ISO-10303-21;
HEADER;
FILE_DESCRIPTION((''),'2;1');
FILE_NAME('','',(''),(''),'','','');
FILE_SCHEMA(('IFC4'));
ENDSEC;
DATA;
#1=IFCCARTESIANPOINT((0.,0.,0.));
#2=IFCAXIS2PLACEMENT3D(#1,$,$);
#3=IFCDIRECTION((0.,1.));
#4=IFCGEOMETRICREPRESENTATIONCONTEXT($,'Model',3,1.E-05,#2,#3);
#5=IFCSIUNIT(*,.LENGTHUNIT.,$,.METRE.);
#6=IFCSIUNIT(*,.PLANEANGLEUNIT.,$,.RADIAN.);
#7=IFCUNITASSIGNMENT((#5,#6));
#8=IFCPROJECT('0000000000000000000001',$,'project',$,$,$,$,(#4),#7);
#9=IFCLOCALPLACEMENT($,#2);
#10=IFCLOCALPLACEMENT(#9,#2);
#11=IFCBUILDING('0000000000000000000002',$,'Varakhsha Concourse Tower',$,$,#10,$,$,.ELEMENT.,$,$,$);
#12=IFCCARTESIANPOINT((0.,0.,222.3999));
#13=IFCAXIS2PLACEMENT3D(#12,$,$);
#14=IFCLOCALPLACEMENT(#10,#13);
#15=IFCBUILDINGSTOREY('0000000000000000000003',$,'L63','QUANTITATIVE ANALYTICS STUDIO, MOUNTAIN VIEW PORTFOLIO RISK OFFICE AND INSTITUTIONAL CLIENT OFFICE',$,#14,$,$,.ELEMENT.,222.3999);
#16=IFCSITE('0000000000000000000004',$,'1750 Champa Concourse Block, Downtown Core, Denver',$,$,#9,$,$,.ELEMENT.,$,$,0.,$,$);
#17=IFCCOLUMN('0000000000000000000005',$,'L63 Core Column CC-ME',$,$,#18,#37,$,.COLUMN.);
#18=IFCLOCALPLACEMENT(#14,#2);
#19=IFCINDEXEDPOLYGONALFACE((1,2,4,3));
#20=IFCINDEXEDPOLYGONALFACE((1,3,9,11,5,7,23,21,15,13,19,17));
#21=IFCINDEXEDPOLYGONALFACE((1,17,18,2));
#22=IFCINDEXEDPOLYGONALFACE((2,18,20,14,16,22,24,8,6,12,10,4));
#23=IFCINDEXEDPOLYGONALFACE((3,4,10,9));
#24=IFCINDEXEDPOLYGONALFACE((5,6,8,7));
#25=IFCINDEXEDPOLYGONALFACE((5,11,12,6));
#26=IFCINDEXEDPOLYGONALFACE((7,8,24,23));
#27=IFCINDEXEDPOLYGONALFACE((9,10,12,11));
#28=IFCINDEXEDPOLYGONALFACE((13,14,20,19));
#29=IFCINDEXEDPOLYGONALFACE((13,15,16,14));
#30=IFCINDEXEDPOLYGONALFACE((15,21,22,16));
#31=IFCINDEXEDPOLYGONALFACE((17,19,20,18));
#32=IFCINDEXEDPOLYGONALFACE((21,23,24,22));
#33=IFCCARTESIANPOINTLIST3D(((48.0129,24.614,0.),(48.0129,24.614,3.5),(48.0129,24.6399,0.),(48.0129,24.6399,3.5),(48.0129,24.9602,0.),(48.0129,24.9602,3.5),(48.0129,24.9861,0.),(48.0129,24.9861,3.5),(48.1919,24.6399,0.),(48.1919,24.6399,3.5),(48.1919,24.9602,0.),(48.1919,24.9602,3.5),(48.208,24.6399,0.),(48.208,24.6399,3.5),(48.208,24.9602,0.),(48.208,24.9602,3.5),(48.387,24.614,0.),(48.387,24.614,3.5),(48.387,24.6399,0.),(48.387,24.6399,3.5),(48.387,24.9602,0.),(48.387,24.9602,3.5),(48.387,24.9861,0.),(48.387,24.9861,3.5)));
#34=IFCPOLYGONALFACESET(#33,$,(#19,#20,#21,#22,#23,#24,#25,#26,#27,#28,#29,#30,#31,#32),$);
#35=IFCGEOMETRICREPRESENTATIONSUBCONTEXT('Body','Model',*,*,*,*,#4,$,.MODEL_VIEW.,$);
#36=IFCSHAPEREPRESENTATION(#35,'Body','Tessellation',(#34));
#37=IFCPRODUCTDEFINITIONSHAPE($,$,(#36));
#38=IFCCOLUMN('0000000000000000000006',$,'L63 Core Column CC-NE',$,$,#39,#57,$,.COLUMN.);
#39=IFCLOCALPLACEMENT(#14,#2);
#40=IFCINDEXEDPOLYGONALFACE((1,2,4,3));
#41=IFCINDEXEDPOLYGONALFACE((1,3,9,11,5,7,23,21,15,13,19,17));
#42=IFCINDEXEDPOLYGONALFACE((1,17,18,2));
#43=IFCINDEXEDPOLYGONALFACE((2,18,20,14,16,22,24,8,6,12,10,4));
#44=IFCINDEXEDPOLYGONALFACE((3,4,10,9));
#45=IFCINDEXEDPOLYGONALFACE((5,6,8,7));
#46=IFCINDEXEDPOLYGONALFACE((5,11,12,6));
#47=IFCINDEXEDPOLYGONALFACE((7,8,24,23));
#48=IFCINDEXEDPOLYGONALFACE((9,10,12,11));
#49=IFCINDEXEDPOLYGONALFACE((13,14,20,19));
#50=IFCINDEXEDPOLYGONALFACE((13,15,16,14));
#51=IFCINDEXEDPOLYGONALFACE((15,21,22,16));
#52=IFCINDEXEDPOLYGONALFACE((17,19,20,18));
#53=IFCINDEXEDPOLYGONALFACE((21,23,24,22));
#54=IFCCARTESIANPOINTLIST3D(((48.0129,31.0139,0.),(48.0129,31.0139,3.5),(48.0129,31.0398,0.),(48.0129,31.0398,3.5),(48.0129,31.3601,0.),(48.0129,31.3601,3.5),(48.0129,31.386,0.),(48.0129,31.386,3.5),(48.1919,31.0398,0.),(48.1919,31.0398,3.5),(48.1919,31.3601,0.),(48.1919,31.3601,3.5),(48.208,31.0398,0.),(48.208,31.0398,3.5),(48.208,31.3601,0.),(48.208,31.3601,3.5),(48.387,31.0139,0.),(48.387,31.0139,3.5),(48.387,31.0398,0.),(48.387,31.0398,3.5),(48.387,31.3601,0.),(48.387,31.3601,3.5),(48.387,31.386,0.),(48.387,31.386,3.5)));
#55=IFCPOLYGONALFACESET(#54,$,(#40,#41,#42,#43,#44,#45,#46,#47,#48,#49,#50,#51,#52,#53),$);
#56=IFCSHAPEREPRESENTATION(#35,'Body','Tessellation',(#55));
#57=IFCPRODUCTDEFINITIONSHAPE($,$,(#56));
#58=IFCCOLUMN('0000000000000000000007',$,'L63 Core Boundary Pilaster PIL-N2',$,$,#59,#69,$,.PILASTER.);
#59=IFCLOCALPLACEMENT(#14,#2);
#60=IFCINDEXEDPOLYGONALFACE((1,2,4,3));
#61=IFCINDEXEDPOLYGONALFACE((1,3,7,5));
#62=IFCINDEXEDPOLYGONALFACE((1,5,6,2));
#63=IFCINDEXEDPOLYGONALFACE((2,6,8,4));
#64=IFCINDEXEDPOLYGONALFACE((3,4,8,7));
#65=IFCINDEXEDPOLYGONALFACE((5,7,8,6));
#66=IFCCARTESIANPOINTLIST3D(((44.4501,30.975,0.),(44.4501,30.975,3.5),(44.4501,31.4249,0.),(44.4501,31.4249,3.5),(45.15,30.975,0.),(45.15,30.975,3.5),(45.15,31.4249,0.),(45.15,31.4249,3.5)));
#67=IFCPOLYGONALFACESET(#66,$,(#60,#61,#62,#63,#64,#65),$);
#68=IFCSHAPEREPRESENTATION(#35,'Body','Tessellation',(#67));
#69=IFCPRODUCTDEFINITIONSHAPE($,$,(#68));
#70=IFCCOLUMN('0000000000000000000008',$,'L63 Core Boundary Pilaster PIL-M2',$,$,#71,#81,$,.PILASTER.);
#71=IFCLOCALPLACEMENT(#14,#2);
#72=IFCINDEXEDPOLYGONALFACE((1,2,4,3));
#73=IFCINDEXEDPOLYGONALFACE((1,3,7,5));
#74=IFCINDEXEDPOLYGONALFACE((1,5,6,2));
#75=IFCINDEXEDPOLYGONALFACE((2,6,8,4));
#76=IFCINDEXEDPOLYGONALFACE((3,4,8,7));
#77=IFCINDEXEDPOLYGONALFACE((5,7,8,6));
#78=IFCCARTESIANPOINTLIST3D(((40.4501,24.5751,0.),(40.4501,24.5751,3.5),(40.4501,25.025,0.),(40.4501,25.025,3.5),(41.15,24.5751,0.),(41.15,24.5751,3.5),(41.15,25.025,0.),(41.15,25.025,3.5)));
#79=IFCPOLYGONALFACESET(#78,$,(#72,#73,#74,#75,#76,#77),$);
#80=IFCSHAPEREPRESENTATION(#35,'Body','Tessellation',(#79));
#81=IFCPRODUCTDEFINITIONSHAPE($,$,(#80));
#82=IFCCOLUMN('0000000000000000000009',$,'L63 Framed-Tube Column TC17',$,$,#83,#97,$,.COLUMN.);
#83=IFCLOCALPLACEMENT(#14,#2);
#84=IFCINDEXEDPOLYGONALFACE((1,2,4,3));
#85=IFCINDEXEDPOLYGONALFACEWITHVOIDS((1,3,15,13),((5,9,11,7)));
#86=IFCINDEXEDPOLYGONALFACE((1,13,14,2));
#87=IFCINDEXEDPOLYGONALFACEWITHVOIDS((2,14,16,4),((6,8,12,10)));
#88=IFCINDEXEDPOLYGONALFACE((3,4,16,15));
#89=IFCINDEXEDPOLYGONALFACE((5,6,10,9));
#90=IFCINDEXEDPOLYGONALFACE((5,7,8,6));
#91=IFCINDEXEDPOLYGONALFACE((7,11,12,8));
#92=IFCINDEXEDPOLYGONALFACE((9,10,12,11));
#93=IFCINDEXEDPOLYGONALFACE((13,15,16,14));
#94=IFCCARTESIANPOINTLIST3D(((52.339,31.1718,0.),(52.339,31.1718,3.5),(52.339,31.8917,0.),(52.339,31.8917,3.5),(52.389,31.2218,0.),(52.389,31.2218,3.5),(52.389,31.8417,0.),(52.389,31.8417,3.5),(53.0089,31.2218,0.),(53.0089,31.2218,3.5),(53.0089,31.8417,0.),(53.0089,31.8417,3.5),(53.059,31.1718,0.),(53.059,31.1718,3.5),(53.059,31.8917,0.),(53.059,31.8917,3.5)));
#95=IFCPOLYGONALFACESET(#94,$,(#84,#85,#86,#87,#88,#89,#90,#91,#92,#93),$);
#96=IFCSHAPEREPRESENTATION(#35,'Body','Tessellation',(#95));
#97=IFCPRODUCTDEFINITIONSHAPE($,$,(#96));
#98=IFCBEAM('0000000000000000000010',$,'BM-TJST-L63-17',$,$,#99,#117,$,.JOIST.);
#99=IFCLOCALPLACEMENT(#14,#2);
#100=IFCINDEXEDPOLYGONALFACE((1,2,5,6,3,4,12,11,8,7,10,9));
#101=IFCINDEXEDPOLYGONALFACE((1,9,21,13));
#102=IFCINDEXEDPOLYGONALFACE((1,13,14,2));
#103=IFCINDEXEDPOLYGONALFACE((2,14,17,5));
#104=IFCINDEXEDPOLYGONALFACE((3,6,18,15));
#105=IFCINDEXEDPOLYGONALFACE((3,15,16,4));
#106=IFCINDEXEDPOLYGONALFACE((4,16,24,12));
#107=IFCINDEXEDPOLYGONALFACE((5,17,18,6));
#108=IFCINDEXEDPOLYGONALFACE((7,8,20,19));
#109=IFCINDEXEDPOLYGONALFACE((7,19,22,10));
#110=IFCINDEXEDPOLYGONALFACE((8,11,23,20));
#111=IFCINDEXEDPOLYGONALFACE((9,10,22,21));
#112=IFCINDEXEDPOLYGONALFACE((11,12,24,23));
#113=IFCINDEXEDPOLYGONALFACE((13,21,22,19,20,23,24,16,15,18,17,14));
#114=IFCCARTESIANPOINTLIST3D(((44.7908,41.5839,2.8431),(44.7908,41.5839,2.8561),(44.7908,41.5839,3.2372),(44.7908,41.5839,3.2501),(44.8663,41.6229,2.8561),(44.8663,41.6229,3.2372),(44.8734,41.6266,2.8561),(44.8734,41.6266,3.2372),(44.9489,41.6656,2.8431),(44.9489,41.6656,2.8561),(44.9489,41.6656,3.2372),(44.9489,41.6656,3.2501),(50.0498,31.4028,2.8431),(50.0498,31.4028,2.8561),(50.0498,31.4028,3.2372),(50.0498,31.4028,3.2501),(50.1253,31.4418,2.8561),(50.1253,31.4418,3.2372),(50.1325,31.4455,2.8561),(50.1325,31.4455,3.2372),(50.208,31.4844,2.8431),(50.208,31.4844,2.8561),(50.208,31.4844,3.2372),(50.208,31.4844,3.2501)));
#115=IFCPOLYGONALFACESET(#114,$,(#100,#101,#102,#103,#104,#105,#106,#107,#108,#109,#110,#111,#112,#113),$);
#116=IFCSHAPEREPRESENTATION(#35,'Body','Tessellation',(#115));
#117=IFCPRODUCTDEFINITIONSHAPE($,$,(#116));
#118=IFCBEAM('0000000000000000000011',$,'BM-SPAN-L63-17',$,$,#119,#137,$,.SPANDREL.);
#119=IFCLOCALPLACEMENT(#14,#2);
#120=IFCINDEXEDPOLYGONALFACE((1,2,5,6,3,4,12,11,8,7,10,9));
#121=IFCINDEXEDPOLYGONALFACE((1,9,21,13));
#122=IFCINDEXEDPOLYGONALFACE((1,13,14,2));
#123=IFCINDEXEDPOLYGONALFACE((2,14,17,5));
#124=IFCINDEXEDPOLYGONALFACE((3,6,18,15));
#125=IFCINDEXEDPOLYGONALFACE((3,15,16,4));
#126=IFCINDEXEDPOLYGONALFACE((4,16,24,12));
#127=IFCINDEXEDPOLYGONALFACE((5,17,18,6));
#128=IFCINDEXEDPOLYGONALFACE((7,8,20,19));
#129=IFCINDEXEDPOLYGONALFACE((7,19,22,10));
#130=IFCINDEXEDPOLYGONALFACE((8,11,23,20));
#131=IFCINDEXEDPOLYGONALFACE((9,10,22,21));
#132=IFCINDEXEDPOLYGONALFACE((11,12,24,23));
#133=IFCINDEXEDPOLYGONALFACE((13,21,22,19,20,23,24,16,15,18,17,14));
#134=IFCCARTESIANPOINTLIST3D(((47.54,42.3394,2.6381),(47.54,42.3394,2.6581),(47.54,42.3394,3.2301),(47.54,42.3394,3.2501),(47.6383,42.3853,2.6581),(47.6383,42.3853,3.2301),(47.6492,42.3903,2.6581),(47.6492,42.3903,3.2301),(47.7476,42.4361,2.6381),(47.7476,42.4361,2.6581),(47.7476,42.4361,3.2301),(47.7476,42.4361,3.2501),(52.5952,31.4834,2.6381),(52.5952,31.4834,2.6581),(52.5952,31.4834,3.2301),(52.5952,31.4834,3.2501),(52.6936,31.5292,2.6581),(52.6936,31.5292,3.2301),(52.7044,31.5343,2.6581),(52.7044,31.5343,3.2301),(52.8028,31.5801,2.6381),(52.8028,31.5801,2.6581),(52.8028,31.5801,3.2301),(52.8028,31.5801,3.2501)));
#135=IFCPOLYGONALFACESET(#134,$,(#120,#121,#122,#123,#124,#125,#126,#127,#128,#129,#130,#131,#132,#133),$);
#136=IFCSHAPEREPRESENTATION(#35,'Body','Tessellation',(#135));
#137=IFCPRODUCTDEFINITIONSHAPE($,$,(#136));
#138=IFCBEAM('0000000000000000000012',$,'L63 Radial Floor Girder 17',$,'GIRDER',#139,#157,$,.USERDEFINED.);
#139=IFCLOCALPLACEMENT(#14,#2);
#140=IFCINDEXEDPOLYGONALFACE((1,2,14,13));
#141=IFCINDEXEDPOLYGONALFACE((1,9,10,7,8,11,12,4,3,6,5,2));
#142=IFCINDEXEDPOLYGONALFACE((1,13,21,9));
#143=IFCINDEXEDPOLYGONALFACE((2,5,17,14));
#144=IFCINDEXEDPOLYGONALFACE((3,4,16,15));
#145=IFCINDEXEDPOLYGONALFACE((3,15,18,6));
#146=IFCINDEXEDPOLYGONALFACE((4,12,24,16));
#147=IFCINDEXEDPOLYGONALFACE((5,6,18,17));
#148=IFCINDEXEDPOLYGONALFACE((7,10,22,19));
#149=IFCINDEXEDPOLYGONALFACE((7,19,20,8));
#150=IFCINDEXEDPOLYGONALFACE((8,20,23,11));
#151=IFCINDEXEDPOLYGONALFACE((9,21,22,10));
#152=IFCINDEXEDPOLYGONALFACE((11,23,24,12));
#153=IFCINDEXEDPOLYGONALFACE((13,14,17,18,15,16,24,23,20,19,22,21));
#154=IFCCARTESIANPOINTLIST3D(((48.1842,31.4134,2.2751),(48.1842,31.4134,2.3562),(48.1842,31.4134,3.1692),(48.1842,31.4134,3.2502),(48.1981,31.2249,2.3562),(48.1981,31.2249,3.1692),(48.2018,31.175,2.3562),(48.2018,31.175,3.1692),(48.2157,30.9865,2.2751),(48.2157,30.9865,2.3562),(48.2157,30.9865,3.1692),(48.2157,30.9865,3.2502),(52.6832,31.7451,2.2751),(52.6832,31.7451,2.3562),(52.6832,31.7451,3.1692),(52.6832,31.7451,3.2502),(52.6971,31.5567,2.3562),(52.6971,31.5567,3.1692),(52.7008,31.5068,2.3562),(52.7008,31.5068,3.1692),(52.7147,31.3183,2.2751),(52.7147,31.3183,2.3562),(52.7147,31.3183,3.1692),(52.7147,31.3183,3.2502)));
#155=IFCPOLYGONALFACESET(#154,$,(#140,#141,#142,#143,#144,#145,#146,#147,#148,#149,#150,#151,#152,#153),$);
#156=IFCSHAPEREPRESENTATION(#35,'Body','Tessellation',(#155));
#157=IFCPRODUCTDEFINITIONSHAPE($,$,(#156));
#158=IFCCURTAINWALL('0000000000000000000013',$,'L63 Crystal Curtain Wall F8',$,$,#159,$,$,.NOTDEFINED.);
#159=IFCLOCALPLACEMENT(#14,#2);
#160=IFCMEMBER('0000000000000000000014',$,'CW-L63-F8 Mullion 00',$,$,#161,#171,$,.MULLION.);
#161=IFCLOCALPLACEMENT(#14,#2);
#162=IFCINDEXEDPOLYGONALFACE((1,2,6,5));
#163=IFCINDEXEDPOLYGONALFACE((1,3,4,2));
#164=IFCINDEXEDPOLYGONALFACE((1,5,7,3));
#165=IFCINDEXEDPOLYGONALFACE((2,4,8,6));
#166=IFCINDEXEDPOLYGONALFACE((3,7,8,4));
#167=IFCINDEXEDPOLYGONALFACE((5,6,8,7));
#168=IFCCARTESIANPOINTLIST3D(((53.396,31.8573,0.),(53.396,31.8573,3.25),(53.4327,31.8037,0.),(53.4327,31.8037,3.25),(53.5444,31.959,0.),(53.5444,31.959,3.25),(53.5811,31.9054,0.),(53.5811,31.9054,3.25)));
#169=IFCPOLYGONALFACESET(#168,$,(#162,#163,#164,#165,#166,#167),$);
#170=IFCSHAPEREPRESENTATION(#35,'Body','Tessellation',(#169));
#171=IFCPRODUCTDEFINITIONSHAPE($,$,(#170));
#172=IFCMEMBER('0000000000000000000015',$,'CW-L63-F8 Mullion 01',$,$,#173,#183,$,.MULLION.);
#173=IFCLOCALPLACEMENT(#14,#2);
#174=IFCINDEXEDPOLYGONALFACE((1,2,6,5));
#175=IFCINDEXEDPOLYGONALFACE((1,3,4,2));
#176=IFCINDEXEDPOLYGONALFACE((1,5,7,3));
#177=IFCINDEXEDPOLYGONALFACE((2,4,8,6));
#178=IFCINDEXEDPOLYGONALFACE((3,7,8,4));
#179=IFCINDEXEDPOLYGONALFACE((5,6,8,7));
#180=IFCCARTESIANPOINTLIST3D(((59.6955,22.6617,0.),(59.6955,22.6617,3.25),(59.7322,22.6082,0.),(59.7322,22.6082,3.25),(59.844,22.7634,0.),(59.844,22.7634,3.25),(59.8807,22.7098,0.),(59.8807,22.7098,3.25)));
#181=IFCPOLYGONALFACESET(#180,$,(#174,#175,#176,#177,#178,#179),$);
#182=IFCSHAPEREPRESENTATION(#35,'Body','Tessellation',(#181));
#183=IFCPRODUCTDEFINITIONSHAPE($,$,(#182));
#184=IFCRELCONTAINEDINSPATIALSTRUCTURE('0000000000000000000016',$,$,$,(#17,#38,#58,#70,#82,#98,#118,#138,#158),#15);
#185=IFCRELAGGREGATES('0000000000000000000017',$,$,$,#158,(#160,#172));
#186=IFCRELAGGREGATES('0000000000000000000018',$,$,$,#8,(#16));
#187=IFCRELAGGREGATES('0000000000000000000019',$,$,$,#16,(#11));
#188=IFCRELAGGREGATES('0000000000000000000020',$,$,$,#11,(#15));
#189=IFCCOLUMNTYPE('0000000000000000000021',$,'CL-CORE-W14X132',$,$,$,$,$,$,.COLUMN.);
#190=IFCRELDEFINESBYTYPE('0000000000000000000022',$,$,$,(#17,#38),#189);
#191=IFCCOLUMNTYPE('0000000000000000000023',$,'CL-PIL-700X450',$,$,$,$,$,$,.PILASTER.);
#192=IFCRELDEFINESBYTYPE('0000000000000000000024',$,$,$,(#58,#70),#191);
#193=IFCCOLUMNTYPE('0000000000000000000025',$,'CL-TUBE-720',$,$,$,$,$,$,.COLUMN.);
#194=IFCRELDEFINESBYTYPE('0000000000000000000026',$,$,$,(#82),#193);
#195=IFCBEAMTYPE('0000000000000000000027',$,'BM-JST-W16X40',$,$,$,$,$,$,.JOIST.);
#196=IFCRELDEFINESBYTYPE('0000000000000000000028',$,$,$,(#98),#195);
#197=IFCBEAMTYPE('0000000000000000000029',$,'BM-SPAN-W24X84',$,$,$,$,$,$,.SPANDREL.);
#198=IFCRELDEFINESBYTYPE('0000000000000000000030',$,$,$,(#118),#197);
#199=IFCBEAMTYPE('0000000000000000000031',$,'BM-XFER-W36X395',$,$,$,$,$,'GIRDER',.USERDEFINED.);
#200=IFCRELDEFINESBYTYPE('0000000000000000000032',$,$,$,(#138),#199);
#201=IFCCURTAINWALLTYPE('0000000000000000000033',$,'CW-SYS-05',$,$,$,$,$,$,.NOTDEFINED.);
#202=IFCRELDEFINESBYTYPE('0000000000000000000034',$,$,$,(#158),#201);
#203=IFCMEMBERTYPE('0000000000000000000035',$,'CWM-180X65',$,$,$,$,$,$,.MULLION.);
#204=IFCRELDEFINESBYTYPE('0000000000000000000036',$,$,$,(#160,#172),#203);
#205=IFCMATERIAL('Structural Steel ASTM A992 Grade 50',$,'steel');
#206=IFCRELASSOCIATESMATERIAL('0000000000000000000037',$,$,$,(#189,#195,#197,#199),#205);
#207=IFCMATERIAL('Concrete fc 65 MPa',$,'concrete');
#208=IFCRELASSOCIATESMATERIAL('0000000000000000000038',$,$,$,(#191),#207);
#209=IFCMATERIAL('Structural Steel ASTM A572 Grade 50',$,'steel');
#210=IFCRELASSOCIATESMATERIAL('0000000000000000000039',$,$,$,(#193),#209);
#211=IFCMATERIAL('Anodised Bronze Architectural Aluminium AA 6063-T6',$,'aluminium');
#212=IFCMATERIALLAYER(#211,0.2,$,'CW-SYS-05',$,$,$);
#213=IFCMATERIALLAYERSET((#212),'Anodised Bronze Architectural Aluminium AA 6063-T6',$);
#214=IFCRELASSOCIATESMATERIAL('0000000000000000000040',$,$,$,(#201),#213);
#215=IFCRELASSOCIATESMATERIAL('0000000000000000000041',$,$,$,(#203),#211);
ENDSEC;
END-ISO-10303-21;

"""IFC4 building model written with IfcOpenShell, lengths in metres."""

from ifc_helpers import new_model, si_unit, direction, frame, origin, origin_2d, place, context, subcontext, project, spatial, rectangle, hollow_rectangle, i_section, extrude, source, transform, mapped, material, layer, layer_set, material_profile, profile_set, type_object, type_shapes, element, aggregate, save


model = new_model("IFC4")

# Units and contexts
model_context = context("Model", 3, precision=1e-05, world=origin(), true_north=direction((0.0, 1.0)))
body_context = subcontext(model_context, "Body", "Model", "MODEL_VIEW")
ifc_project = project(units=[si_unit("LENGTHUNIT", "METRE"), si_unit("PLANEANGLEUNIT", "RADIAN")], contexts=[model_context])

# Site, building, storey
site_placement = place(None, origin())
site = spatial("IfcSite", under=ifc_project, at=site_placement, Name="1750 Champa Concourse Block, Downtown Core, Denver", CompositionType="ELEMENT", RefElevation=0.0)
building_placement = place(site_placement, origin())
building = spatial("IfcBuilding", under=site, at=building_placement, Name="Varakhsha Concourse Tower", CompositionType="ELEMENT")
storey_placement = place(building_placement, frame((0.0, 0.0, 222.3999)))
storey = spatial("IfcBuildingStorey", under=building, at=storey_placement, Name="L63", Description="QUANTITATIVE ANALYTICS STUDIO, MOUNTAIN VIEW PORTFOLIO RISK OFFICE AND INSTITUTIONAL CLIENT OFFICE", CompositionType="ELEMENT", Elevation=222.3999)

# Columns
ifc_material_1 = material(Name="Structural Steel ASTM A992 Grade 50", Category="steel")
ifc_material_profile_1 = material_profile(ifc_material_1, i_section(OverallWidth=0.374, OverallDepth=0.3721, WebThickness=0.0161, FlangeThickness=0.0259, at=origin_2d()), Name="W14X132")
ifc_profile_set_1 = profile_set([ifc_material_profile_1], Name="Structural Steel ASTM A992 Grade 50")
column_type_1 = type_object("IfcColumnType", Name="CL-CORE-W14X132", PredefinedType="COLUMN", material=ifc_profile_set_1)
for number, where, z_axis, x_axis, name in (
    (1, (48.2, 24.8, 0.0), (0.0, 0.0, 1.0), (1.0, 0.0, 0.0), "L63 Core Column CC-ME"),
    (2, (48.2, 31.2, 0.0), (0.0, 0.0, 1.0), (1.0, 0.0, 0.0), "L63 Core Column CC-NE"),
):
    element("IfcColumn", number, at=place(storey_placement, frame(where, z_axis=z_axis, x_axis=x_axis)), inside=storey, type_object=column_type_1, Name=name, PredefinedType="COLUMN", context=body_context, shape_type="SweptSolid", body=[
        extrude(i_section(OverallWidth=0.374, OverallDepth=0.3721, WebThickness=0.0161, FlangeThickness=0.0259, at=origin_2d()), origin(), (0.0, 0.0, 1.0), 3.5),
    ])
ifc_material_2 = material(Name="Concrete fc 65 MPa", Category="concrete")
ifc_material_profile_2 = material_profile(ifc_material_2, rectangle(XDim=0.7, YDim=0.45, at=origin_2d()), Name="RC 700x450")
ifc_profile_set_2 = profile_set([ifc_material_profile_2], Name="Concrete fc 65 MPa")
column_type_2 = type_object("IfcColumnType", Name="CL-PIL-700X450", PredefinedType="PILASTER", material=ifc_profile_set_2)
for number, where, z_axis, x_axis, name in (
    (3, (44.8, 31.2, 0.0), (0.0, 0.0, 1.0), (1.0, 0.0, 0.0), "L63 Core Boundary Pilaster PIL-N2"),
    (4, (40.8, 24.8, 0.0), (0.0, 0.0, 1.0), (1.0, 0.0, 0.0), "L63 Core Boundary Pilaster PIL-M2"),
):
    element("IfcColumn", number, at=place(storey_placement, frame(where, z_axis=z_axis, x_axis=x_axis)), inside=storey, type_object=column_type_2, Name=name, PredefinedType="PILASTER", context=body_context, shape_type="SweptSolid", body=[
        extrude(rectangle(XDim=0.7, YDim=0.45, at=origin_2d()), origin(), (0.0, 0.0, 1.0), 3.5),
    ])
ifc_material_3 = material(Name="Structural Steel ASTM A572 Grade 50", Category="steel")
ifc_material_profile_3 = material_profile(ifc_material_3, hollow_rectangle(XDim=0.72, YDim=0.72, WallThickness=0.05, at=origin_2d()), Name="BOX 720x720x50")
ifc_profile_set_3 = profile_set([ifc_material_profile_3], Name="Structural Steel ASTM A572 Grade 50")
column_type_3 = type_object("IfcColumnType", Name="CL-TUBE-720", PredefinedType="COLUMN", material=ifc_profile_set_3)
column_placement = place(storey_placement, frame((52.699, 31.5317, 0.0), z_axis=(0.0, 0.0, 1.0), x_axis=(1.0, 0.0, 0.0)))
element("IfcColumn", 5, at=column_placement, inside=storey, type_object=column_type_3, Name="L63 Framed-Tube Column TC17", PredefinedType="COLUMN", context=body_context, shape_type="SweptSolid", body=[
    extrude(hollow_rectangle(XDim=0.72, YDim=0.72, WallThickness=0.05, at=origin_2d()), origin(), (0.0, 0.0, 1.0), 3.5),
])

# Beams
ifc_material_profile_4 = material_profile(ifc_material_1, i_section(OverallWidth=0.178, OverallDepth=0.407, WebThickness=0.0081, FlangeThickness=0.0129, at=origin_2d()), Name="W16X40")
ifc_profile_set_4 = profile_set([ifc_material_profile_4], Name="Structural Steel ASTM A992 Grade 50")
beam_type_1 = type_object("IfcBeamType", Name="BM-JST-W16X40", PredefinedType="JOIST", material=ifc_profile_set_4)
beam_1_placement = place(storey_placement, frame((50.1289, 31.4436, 3.0466), z_axis=(-0.458935, 0.88847, 0.0), x_axis=(-0.88847, -0.458935, 0.0)))
element("IfcBeam", 6, at=beam_1_placement, inside=storey, type_object=beam_type_1, Name="BM-TJST-L63-17", PredefinedType="JOIST", context=body_context, shape_type="SweptSolid", body=[
    extrude(i_section(OverallWidth=0.178, OverallDepth=0.407, WebThickness=0.0081, FlangeThickness=0.0129, at=origin_2d()), origin(), (0.0, 0.0, 1.0), 11.4592),
])
ifc_material_profile_5 = material_profile(ifc_material_1, i_section(OverallWidth=0.229, OverallDepth=0.6121, WebThickness=0.012, FlangeThickness=0.02, at=origin_2d()), Name="W24X84")
ifc_profile_set_5 = profile_set([ifc_material_profile_5], Name="Structural Steel ASTM A992 Grade 50")
beam_type_2 = type_object("IfcBeamType", Name="BM-SPAN-W24X84", PredefinedType="SPANDREL", material=ifc_profile_set_5)
beam_2_placement = place(storey_placement, frame((52.699, 31.5317, 2.9441), z_axis=(-0.422135, 0.906533, 0.0), x_axis=(-0.906533, -0.422135, 0.0)))
element("IfcBeam", 7, at=beam_2_placement, inside=storey, type_object=beam_type_2, Name="BM-SPAN-L63-17", PredefinedType="SPANDREL", context=body_context, shape_type="SweptSolid", body=[
    extrude(i_section(OverallWidth=0.229, OverallDepth=0.6121, WebThickness=0.012, FlangeThickness=0.02, at=origin_2d()), origin(), (0.0, 0.0, 1.0), 11.9753),
])
ifc_material_profile_6 = material_profile(ifc_material_1, i_section(OverallWidth=0.428, OverallDepth=0.9751, WebThickness=0.05, FlangeThickness=0.0811, at=origin_2d()), Name="W36X395")
ifc_profile_set_6 = profile_set([ifc_material_profile_6], Name="Structural Steel ASTM A992 Grade 50")
beam_type_3 = type_object("IfcBeamType", Name="BM-XFER-W36X395", ElementType="GIRDER", PredefinedType="USERDEFINED", material=ifc_profile_set_6)
beam_3_placement = place(storey_placement, frame((48.2, 31.2, 2.7627), z_axis=(0.997292, 0.073547, 0.0), x_axis=(-0.073547, 0.997292, 0.0)))
element("IfcBeam", 8, at=beam_3_placement, inside=storey, type_object=beam_type_3, Name="L63 Radial Floor Girder 17", ObjectType="GIRDER", PredefinedType="USERDEFINED", context=body_context, shape_type="SweptSolid", body=[
    extrude(i_section(OverallWidth=0.428, OverallDepth=0.9751, WebThickness=0.05, FlangeThickness=0.0811, at=origin_2d()), origin(), (0.0, 0.0, 1.0), 4.5112),
])

# Curtain wall, members
ifc_material_4 = material(Name="Anodised Bronze Architectural Aluminium AA 6063-T6", Category="aluminium")
ifc_layer_1 = layer(ifc_material_4, 0.2, Name="CW-SYS-05")
ifc_layer_set_1 = layer_set([ifc_layer_1], Name="Anodised Bronze Architectural Aluminium AA 6063-T6")
curtain_wall_type = type_object("IfcCurtainWallType", Name="CW-SYS-05", PredefinedType="NOTDEFINED", material=ifc_layer_set_1)
curtain_wall_1_placement = place(storey_placement, origin())
curtain_wall_1 = element("IfcCurtainWall", 9, at=curtain_wall_1_placement, inside=storey, type_object=curtain_wall_type, Name="L63 Crystal Curtain Wall F8", PredefinedType="NOTDEFINED")
ifc_material_profile_7 = material_profile(ifc_material_4, rectangle(XDim=0.0649, YDim=0.1799, at=origin_2d()), Name="CWM-180X65")
ifc_profile_set_7 = profile_set([ifc_material_profile_7], Name="Anodised Bronze Architectural Aluminium AA 6063-T6")
member_type_1 = type_object("IfcMemberType", Name="CWM-180X65", PredefinedType="MULLION", material=ifc_profile_set_7)
shared_shape_1 = source(origin(), body_context, "Body", "SweptSolid", [
    extrude(rectangle(XDim=0.0649, YDim=0.1799, at=origin_2d()), origin(), (0.0, 0.0, 1.0), 3.25),
])
type_shapes(member_type_1, [shared_shape_1])
member_1_placement = place(storey_placement, frame((53.4885, 31.8813, 0.0), z_axis=(0.0, 0.0, 1.0), x_axis=(0.565173, -0.824972, 0.0)))
member_1 = element("IfcMember", 10, at=member_1_placement, type_object=member_type_1, Name="CW-L63-F8 Mullion 00", PredefinedType="MULLION", context=body_context, shape_type="MappedRepresentation", body=[
    mapped(shared_shape_1, transform((0.0, 0.0, 0.0), scale=1.0)),
])
member_2_placement = place(storey_placement, frame((59.7881, 22.6858, 0.0), z_axis=(0.0, 0.0, 1.0), x_axis=(0.565173, -0.824972, 0.0)))
member_2 = element("IfcMember", 11, at=member_2_placement, type_object=member_type_1, Name="CW-L63-F8 Mullion 01", PredefinedType="MULLION", context=body_context, shape_type="MappedRepresentation", body=[
    mapped(shared_shape_1, transform((0.0, 0.0, 0.0), scale=1.0)),
])

aggregate(curtain_wall_1, [member_1, member_2])

save(model, "model.ifc")
